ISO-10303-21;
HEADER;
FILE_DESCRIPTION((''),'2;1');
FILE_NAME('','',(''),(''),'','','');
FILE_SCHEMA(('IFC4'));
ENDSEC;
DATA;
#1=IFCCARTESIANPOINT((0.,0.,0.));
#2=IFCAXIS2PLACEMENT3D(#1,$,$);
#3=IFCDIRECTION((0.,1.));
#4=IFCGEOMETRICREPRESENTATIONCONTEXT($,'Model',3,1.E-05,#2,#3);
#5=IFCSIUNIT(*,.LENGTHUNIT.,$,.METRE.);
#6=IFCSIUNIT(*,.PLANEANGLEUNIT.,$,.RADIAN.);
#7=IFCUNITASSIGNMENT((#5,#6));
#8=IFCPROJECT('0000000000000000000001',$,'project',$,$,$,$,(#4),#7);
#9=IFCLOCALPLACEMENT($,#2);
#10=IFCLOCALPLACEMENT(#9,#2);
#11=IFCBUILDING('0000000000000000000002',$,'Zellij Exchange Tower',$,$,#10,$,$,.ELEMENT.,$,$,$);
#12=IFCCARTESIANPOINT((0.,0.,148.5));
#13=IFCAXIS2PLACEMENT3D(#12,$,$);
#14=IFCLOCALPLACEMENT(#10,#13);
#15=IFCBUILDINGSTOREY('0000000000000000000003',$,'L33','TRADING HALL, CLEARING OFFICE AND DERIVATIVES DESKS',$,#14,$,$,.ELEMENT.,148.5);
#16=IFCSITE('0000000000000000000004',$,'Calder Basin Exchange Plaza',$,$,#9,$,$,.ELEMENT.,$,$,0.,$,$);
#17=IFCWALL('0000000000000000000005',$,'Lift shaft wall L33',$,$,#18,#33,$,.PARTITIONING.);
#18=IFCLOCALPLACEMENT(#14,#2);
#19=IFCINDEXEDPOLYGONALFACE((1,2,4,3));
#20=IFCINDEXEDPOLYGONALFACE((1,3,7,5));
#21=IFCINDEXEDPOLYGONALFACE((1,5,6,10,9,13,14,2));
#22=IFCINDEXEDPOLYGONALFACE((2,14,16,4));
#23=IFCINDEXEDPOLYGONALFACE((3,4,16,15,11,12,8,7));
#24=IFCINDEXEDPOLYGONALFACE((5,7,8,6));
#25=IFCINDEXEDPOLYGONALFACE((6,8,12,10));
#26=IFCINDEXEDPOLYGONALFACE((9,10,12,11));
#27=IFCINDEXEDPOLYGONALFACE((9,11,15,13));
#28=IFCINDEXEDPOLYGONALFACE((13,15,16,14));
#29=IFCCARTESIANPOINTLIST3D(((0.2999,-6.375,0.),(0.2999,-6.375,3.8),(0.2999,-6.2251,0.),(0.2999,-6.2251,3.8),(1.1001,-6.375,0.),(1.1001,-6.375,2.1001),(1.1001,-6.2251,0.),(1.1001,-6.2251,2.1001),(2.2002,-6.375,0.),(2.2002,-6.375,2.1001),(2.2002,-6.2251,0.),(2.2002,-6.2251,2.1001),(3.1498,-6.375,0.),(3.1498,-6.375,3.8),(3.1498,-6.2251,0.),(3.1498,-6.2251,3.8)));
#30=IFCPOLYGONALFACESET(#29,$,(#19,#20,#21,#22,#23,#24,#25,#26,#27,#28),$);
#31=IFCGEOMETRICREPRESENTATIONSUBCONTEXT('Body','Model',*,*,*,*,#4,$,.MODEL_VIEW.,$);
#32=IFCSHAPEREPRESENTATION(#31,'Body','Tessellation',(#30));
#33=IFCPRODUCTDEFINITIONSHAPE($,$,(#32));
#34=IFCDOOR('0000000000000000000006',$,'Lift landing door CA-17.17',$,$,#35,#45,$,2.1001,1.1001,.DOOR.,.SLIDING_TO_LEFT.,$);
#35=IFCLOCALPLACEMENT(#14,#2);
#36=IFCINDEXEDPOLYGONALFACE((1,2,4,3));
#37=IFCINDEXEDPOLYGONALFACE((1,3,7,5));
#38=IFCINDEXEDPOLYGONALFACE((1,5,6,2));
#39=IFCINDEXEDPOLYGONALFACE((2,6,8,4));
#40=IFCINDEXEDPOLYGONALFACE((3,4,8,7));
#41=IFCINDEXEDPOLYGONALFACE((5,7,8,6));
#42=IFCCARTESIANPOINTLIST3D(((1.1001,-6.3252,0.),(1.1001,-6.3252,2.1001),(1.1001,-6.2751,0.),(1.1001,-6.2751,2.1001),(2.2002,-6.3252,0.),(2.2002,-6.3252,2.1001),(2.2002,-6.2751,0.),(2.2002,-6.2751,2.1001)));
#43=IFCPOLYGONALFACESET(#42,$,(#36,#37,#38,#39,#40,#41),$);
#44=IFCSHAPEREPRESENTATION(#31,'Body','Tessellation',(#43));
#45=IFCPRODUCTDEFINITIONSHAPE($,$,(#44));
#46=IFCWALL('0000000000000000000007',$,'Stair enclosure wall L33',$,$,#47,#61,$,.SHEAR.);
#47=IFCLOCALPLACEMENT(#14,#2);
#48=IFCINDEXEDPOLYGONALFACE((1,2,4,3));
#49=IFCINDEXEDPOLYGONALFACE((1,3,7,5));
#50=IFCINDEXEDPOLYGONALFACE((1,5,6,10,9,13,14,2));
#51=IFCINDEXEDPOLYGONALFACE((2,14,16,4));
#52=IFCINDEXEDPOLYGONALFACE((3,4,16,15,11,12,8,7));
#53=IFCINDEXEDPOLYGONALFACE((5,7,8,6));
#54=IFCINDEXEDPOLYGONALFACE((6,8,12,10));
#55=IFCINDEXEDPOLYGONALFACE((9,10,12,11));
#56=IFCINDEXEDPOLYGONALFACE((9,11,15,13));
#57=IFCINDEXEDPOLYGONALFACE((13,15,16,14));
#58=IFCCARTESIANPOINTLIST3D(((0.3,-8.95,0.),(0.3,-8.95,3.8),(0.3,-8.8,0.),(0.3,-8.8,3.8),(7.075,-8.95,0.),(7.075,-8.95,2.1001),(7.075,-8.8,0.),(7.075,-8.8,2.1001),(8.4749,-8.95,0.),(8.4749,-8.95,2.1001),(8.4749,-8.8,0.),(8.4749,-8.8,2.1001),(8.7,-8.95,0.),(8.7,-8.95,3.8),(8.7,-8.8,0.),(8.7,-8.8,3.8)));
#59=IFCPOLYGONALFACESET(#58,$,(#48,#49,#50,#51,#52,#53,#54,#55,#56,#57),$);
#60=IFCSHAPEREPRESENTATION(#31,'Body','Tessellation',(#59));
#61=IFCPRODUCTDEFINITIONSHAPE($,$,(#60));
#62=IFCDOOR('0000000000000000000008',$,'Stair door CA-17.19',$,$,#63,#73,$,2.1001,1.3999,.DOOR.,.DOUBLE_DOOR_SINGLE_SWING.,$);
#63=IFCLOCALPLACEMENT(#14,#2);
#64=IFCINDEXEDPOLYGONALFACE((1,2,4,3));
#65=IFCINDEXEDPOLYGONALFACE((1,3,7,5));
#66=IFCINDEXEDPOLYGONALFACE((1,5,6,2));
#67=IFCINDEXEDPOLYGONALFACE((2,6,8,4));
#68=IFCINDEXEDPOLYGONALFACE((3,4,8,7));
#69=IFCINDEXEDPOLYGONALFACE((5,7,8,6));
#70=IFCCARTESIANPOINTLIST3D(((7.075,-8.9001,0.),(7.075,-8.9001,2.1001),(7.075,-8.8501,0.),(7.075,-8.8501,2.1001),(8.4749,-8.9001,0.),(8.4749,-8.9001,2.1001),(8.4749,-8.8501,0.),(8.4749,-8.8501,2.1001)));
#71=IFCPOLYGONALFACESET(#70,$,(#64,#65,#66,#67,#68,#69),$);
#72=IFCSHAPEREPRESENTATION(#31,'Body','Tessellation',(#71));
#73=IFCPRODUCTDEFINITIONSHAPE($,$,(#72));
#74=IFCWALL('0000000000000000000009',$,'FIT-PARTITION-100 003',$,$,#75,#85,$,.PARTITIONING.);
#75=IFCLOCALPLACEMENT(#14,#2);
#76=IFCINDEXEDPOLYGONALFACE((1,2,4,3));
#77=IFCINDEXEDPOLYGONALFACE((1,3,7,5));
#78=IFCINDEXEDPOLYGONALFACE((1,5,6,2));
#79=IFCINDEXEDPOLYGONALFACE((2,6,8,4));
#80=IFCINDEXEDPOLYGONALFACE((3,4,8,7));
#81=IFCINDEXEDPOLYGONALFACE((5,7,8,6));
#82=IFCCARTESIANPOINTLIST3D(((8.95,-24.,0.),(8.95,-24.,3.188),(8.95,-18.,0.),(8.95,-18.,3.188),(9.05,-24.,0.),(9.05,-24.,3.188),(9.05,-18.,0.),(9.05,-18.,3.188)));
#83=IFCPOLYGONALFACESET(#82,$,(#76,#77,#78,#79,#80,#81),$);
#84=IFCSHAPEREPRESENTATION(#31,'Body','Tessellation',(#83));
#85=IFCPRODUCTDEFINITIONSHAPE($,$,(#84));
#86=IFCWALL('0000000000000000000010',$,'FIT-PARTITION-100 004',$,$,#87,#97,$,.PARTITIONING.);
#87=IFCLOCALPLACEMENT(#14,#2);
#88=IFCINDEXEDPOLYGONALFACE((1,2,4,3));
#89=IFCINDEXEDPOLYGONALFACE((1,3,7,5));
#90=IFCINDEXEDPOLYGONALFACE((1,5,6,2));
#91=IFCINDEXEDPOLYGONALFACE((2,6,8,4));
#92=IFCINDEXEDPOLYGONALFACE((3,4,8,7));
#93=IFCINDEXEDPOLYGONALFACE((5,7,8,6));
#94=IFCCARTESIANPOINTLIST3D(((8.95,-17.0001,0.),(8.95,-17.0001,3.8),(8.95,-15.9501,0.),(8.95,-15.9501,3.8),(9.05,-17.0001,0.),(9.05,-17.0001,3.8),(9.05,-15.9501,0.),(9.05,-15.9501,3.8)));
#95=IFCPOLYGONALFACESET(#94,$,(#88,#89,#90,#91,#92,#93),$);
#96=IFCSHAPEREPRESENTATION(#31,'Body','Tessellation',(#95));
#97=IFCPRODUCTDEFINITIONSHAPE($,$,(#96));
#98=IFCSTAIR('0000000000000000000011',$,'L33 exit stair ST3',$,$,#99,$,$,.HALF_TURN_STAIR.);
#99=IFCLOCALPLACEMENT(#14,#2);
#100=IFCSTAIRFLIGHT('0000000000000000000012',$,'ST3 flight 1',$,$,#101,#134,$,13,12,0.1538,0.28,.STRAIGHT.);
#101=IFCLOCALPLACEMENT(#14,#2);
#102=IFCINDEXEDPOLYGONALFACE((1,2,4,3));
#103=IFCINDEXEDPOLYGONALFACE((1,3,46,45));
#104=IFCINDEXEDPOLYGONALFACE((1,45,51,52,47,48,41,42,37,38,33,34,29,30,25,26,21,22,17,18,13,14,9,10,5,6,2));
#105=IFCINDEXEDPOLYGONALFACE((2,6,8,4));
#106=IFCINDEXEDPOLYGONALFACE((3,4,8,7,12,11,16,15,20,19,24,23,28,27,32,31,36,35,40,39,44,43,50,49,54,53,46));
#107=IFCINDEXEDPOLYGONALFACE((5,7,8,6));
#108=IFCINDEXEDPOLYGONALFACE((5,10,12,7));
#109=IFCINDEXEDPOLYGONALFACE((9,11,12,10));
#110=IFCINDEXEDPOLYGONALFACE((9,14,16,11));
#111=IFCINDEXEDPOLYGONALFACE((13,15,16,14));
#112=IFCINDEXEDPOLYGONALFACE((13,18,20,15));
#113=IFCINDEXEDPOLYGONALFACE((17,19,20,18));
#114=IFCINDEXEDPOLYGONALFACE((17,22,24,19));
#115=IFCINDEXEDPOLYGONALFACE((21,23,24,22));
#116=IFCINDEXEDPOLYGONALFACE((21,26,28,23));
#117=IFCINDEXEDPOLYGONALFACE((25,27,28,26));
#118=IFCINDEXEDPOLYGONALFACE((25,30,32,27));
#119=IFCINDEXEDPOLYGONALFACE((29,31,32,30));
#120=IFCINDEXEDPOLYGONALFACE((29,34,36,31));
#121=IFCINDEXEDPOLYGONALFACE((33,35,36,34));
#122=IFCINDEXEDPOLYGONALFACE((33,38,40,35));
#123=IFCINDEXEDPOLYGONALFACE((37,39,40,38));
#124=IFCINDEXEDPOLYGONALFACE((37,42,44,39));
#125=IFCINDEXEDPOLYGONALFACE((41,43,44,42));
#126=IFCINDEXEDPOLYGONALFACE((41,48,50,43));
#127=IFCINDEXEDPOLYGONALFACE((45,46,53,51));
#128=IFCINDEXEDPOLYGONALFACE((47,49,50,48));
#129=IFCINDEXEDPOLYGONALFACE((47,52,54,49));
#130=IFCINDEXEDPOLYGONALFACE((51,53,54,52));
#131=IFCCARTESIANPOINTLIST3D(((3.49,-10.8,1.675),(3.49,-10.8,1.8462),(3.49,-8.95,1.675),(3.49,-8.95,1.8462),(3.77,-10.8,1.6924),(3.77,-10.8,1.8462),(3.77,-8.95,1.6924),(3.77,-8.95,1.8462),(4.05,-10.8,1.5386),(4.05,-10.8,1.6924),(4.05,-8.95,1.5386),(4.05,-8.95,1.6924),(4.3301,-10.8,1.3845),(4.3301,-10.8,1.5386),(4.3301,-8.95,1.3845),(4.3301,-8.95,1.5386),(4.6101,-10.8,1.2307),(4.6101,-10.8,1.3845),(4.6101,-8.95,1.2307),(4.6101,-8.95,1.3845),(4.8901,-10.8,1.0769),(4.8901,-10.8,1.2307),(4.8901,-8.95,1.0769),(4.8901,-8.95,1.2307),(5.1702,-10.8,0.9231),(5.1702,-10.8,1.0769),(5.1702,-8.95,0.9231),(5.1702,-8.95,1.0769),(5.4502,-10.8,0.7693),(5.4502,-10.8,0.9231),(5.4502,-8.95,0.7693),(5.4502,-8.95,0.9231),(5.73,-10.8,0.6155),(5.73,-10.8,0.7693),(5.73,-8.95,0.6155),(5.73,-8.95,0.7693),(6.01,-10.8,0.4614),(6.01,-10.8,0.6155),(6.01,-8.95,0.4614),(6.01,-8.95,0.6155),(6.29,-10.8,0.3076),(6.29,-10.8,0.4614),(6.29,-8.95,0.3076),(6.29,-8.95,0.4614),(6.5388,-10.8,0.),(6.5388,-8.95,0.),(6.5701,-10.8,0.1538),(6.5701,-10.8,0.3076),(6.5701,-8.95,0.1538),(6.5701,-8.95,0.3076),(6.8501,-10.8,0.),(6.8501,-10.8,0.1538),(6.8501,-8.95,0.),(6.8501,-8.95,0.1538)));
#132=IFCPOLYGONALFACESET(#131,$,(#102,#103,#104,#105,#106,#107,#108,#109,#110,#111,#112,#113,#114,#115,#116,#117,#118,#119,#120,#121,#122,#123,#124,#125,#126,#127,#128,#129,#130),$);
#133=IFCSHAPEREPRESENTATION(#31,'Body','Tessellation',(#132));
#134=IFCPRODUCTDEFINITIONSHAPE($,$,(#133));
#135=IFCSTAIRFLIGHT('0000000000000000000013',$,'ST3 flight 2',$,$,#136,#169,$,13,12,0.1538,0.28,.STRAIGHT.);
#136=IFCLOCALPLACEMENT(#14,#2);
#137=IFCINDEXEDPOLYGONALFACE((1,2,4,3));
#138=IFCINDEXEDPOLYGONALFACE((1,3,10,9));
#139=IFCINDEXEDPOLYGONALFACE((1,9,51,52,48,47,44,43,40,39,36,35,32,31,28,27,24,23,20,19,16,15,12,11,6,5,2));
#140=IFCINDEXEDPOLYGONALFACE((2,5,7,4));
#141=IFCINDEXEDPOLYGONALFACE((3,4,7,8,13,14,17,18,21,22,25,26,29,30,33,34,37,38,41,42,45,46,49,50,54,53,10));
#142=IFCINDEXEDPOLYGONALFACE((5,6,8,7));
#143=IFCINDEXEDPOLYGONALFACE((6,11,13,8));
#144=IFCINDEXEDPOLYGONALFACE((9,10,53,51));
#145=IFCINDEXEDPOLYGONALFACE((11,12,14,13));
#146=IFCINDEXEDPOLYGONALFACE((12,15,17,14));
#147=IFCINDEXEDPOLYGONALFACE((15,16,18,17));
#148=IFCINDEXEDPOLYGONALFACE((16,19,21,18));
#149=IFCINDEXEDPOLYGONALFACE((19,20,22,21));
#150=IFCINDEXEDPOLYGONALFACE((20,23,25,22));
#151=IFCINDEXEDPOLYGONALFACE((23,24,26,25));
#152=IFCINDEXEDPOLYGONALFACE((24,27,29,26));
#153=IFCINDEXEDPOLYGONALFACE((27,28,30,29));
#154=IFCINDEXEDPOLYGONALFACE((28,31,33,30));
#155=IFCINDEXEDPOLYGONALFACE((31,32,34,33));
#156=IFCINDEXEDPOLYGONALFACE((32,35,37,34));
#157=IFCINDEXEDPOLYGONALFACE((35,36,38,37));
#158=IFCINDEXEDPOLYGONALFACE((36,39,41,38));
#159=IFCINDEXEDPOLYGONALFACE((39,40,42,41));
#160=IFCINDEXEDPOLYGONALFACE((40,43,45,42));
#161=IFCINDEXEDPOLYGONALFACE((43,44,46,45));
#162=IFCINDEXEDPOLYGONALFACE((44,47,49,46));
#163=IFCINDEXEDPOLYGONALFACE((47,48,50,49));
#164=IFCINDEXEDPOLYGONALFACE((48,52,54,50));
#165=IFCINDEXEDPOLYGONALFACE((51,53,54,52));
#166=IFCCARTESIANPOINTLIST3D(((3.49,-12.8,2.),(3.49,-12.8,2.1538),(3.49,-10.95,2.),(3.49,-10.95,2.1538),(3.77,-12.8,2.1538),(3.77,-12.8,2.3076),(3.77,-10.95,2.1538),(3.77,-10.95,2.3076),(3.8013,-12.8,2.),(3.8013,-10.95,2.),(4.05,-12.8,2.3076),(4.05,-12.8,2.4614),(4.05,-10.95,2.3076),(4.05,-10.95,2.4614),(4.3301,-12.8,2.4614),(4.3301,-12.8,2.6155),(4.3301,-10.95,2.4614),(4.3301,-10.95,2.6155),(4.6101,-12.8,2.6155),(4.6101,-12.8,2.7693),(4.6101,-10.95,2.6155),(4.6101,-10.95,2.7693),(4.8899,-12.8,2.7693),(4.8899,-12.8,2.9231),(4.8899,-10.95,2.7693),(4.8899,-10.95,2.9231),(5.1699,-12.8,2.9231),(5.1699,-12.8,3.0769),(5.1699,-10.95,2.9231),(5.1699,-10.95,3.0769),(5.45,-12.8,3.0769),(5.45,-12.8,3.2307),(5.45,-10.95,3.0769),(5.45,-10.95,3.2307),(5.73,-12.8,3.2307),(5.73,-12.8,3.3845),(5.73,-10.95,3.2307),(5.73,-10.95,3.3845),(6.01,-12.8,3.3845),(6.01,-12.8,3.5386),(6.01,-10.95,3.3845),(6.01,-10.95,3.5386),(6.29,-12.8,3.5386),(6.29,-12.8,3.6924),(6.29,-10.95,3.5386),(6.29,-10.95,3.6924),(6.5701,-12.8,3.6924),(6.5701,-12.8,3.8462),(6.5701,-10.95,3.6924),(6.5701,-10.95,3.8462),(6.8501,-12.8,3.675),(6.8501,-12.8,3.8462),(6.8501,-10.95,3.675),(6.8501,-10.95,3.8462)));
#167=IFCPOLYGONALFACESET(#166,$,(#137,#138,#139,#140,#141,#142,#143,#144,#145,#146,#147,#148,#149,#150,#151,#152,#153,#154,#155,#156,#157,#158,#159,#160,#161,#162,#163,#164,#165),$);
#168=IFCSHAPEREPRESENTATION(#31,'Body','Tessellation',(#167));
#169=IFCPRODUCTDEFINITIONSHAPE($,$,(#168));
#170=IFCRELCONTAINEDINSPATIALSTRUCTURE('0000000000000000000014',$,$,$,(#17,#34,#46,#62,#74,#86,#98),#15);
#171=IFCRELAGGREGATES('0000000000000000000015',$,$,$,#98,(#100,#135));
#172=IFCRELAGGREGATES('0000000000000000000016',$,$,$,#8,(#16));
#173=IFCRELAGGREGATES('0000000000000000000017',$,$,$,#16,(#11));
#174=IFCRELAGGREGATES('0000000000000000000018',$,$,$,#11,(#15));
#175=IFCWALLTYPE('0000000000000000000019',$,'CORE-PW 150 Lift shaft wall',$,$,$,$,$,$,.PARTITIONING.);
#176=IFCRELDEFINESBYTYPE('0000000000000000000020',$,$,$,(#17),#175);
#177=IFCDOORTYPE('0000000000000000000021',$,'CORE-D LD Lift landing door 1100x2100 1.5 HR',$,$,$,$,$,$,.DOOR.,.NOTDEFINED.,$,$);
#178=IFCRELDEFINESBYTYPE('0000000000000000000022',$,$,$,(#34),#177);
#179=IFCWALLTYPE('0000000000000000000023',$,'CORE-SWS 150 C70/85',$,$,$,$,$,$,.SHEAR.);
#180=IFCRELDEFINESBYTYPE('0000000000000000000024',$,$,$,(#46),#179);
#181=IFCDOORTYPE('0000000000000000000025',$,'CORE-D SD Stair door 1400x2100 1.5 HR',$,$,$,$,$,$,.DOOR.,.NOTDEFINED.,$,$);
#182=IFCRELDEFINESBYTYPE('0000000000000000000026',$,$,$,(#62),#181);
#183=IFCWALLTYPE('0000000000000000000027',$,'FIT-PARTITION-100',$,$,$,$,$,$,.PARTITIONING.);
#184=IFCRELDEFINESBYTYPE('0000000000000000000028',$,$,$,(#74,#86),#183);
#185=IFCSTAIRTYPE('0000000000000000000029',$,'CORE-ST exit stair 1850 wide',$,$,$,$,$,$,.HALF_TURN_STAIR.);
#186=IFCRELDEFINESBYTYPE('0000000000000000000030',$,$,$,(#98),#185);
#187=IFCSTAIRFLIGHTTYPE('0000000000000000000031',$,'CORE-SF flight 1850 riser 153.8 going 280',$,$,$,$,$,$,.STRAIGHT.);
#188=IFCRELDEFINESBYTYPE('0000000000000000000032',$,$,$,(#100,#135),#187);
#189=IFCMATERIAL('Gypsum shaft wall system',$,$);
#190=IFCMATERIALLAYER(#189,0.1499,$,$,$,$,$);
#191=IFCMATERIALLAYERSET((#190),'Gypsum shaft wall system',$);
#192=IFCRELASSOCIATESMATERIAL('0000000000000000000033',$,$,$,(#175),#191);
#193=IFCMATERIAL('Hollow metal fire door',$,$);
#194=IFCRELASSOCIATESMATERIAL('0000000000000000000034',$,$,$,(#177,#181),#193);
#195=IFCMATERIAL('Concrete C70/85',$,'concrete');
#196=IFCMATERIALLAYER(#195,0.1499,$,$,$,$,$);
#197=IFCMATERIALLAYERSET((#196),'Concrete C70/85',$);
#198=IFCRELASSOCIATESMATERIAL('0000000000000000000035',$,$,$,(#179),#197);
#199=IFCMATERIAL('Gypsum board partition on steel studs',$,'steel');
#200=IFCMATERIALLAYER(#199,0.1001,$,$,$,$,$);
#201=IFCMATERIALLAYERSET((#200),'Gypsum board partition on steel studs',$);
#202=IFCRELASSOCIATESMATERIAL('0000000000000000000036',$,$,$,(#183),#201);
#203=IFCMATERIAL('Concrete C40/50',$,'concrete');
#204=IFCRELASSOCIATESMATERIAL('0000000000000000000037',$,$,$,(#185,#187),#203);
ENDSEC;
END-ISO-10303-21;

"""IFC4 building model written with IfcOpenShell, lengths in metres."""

from ifc_helpers import new_model, si_unit, direction, frame, frame_2d, origin, place, context, subcontext, project, spatial, polyline, rectangle, outline, extrude, material, layer, layer_set, type_object, element, fill, aggregate, save


model = new_model("IFC4")

# Units and contexts
model_context = context("Model", 3, precision=1e-05, world=origin(), true_north=direction((0.0, 1.0)))
body_context = subcontext(model_context, "Body", "Model", "MODEL_VIEW")
ifc_project = project(units=[si_unit("LENGTHUNIT", "METRE"), si_unit("PLANEANGLEUNIT", "RADIAN")], contexts=[model_context])

# Site, building, storey
site_placement = place(None, origin())
site = spatial("IfcSite", under=ifc_project, at=site_placement, Name="Calder Basin Exchange Plaza", CompositionType="ELEMENT", RefElevation=0.0)
building_placement = place(site_placement, origin())
building = spatial("IfcBuilding", under=site, at=building_placement, Name="Zellij Exchange Tower", CompositionType="ELEMENT")
storey_placement = place(building_placement, frame((0.0, 0.0, 148.5)))
storey = spatial("IfcBuildingStorey", under=building, at=storey_placement, Name="L33", Description="TRADING HALL, CLEARING OFFICE AND DERIVATIVES DESKS", CompositionType="ELEMENT", Elevation=148.5)

# Shared definitions
ifc_material_1 = material(Name="Concrete C70/85", Category="concrete")

# Shared definitions
ifc_material_2 = material(Name="Gypsum shaft wall system")
ifc_material_3 = material(Name="Hollow metal fire door")

# Shared definitions
ifc_layer_1 = layer(ifc_material_2, 0.1499)
ifc_layer_set_1 = layer_set([ifc_layer_1], Name="Gypsum shaft wall system")
wall_type_1 = type_object("IfcWallType", Name="CORE-PW 150 Lift shaft wall", PredefinedType="PARTITIONING", material=ifc_layer_set_1)

# Walls, openings, doors
wall_1_placement = place(storey_placement, frame((0.3, -6.3, 0.0), z_axis=(0.0, 0.0, 1.0), x_axis=(1.0, 0.0, 0.0)))
wall_1 = element("IfcWall", 1, at=wall_1_placement, inside=storey, type_object=wall_type_1, Name="Lift shaft wall L33", PredefinedType="PARTITIONING", context=body_context, shape_type="SweptSolid", body=[
    extrude(rectangle(XDim=2.8499, YDim=0.1499, at=frame_2d((1.4248, 0.0))), origin(), (0.0, 0.0, 1.0), 3.8),
])
opening_1_placement = place(wall_1_placement, frame((0.8, 0.0, 0.0)))
opening_1 = element("IfcOpeningElement", 2, at=opening_1_placement, cuts=wall_1, PredefinedType="OPENING", context=body_context, shape_type="SweptSolid", body=[
    extrude(rectangle(XDim=1.1001, YDim=2.1001, at=frame_2d((0.55, 1.05))), frame((0.0, 0.0869, 0.0), z_axis=(0.0, -1.0, 0.0), x_axis=(1.0, 0.0, 0.0)), (0.0, 0.0, 1.0), 0.1738),
])
door_type_1 = type_object("IfcDoorType", Name="CORE-D LD Lift landing door 1100x2100 1.5 HR", OperationType="NOTDEFINED", PredefinedType="DOOR", material=ifc_material_3)
door_1_placement = place(opening_1_placement, origin())
door_1 = element("IfcDoor", 3, at=door_1_placement, inside=storey, type_object=door_type_1, Name="Lift landing door CA-17.17", OperationType="SLIDING_TO_LEFT", OverallHeight=2.1001, OverallWidth=1.1001, PredefinedType="DOOR", context=body_context, shape_type="SweptSolid", body=[
    extrude(rectangle(XDim=1.1001, YDim=2.1001, at=frame_2d((0.55, 1.05))), frame((0.0, 0.0249, 0.0), z_axis=(0.0, -1.0, 0.0), x_axis=(1.0, 0.0, 0.0)), (0.0, 0.0, 1.0), 0.05),
])
fill(opening_1, door_1)
ifc_layer_2 = layer(ifc_material_1, 0.1499)
ifc_layer_set_2 = layer_set([ifc_layer_2], Name="Concrete C70/85")
wall_type_2 = type_object("IfcWallType", Name="CORE-SWS 150 C70/85", PredefinedType="SHEAR", material=ifc_layer_set_2)
wall_2_placement = place(storey_placement, frame((0.3, -8.875, 0.0), z_axis=(0.0, 0.0, 1.0), x_axis=(1.0, 0.0, 0.0)))
wall_2 = element("IfcWall", 4, at=wall_2_placement, inside=storey, type_object=wall_type_2, Name="Stair enclosure wall L33", PredefinedType="SHEAR", context=body_context, shape_type="SweptSolid", body=[
    extrude(rectangle(XDim=8.3999, YDim=0.1499, at=frame_2d((4.2, 0.0))), origin(), (0.0, 0.0, 1.0), 3.8),
])
opening_2_placement = place(wall_2_placement, frame((6.7749, 0.0, 0.0)))
opening_2 = element("IfcOpeningElement", 5, at=opening_2_placement, cuts=wall_2, PredefinedType="OPENING", context=body_context, shape_type="SweptSolid", body=[
    extrude(rectangle(XDim=1.3999, YDim=2.1001, at=frame_2d((0.7, 1.05))), frame((0.0, 0.0869, 0.0), z_axis=(0.0, -1.0, 0.0), x_axis=(1.0, 0.0, 0.0)), (0.0, 0.0, 1.0), 0.1738),
])
door_type_2 = type_object("IfcDoorType", Name="CORE-D SD Stair door 1400x2100 1.5 HR", OperationType="NOTDEFINED", PredefinedType="DOOR", material=ifc_material_3)
door_2_placement = place(opening_2_placement, origin())
door_2 = element("IfcDoor", 6, at=door_2_placement, inside=storey, type_object=door_type_2, Name="Stair door CA-17.19", OperationType="DOUBLE_DOOR_SINGLE_SWING", OverallHeight=2.1001, OverallWidth=1.3999, PredefinedType="DOOR", context=body_context, shape_type="SweptSolid", body=[
    extrude(rectangle(XDim=1.3999, YDim=2.1001, at=frame_2d((0.7, 1.05))), frame((0.0, 0.0249, 0.0), z_axis=(0.0, -1.0, 0.0), x_axis=(1.0, 0.0, 0.0)), (0.0, 0.0, 1.0), 0.05),
])
fill(opening_2, door_2)

# Walls
ifc_material_4 = material(Name="Gypsum board partition on steel studs", Category="steel")
ifc_layer_3 = layer(ifc_material_4, 0.1001)
ifc_layer_set_3 = layer_set([ifc_layer_3], Name="Gypsum board partition on steel studs")
wall_type_3 = type_object("IfcWallType", Name="FIT-PARTITION-100", PredefinedType="PARTITIONING", material=ifc_layer_set_3)
wall_3_placement = place(storey_placement, frame((9.0, -24.0, 0.0), z_axis=(0.0, 0.0, 1.0), x_axis=(0.0, 1.0, 0.0)))
element("IfcWall", 7, at=wall_3_placement, inside=storey, type_object=wall_type_3, Name="FIT-PARTITION-100 003", PredefinedType="PARTITIONING", context=body_context, shape_type="SweptSolid", body=[
    extrude(rectangle(XDim=6.0, YDim=0.1001, at=frame_2d((3.0, 0.0))), origin(), (0.0, 0.0, 1.0), 3.188),
])
wall_4_placement = place(storey_placement, frame((9.0, -17.0, 0.0), z_axis=(0.0, 0.0, 1.0), x_axis=(0.0, 1.0, 0.0)))
element("IfcWall", 8, at=wall_4_placement, inside=storey, type_object=wall_type_3, Name="FIT-PARTITION-100 004", PredefinedType="PARTITIONING", context=body_context, shape_type="SweptSolid", body=[
    extrude(rectangle(XDim=1.05, YDim=0.1001, at=frame_2d((0.5249, 0.0))), origin(), (0.0, 0.0, 1.0), 3.8),
])

# Stair, stair flights
ifc_material_5 = material(Name="Concrete C40/50", Category="concrete")
stair_type = type_object("IfcStairType", Name="CORE-ST exit stair 1850 wide", PredefinedType="HALF_TURN_STAIR", material=ifc_material_5)
stair_placement = place(storey_placement, origin())
stair = element("IfcStair", 9, at=stair_placement, inside=storey, type_object=stair_type, Name="L33 exit stair ST3", PredefinedType="HALF_TURN_STAIR")
stair_flight_type = type_object("IfcStairFlightType", Name="CORE-SF flight 1850 riser 153.8 going 280", PredefinedType="STRAIGHT", material=ifc_material_5)
stair_flight_1_placement = place(storey_placement, frame((6.8501, -9.875, 0.0), z_axis=(0.0, 0.0, 1.0), x_axis=(-1.0, 0.0, 0.0)))
stair_flight_1 = element("IfcStairFlight", 10, at=stair_flight_1_placement, type_object=stair_flight_type, Name="ST3 flight 1", NumberOfRisers=13, NumberOfTreads=12, PredefinedType="STRAIGHT", RiserHeight=0.1538, TreadLength=0.28, context=body_context, shape_type="SweptSolid", body=[
    extrude(outline(polyline([(0.0, 0.0), (0.0, 0.1538), (0.28, 0.1538), (0.28, 0.3076), (0.5601, 0.3076), (0.5601, 0.4614), (0.8401, 0.4614), (0.8401, 0.6155), (1.1201, 0.6155), (1.1201, 0.7693), (1.3999, 0.7693), (1.3999, 0.9231), (1.6799, 0.9231), (1.6799, 1.0769), (1.96, 1.0769), (1.96, 1.2307), (2.24, 1.2307), (2.24, 1.3845), (2.52, 1.3845), (2.52, 1.5386), (2.8, 1.5386), (2.8, 1.6924), (3.0801, 1.6924), (3.0801, 1.8462), (3.3601, 1.8462), (3.3601, 2.0), (3.3601, 1.675), (0.3113, 0.0), (0.0, 0.0)])), frame((0.0, 0.925, 0.0), z_axis=(0.0, -1.0, 0.0), x_axis=(1.0, 0.0, 0.0)), (0.0, 0.0, 1.0), 1.8501),
])
stair_flight_2_placement = place(storey_placement, frame((3.49, -11.875, 2.0), z_axis=(0.0, 0.0, 1.0), x_axis=(1.0, 0.0, 0.0)))
stair_flight_2 = element("IfcStairFlight", 11, at=stair_flight_2_placement, type_object=stair_flight_type, Name="ST3 flight 2", NumberOfRisers=13, NumberOfTreads=12, PredefinedType="STRAIGHT", RiserHeight=0.1538, TreadLength=0.28, context=body_context, shape_type="SweptSolid", body=[
    extrude(outline(polyline([(0.0, 0.0), (0.0, 0.1538), (0.28, 0.1538), (0.28, 0.3076), (0.5601, 0.3076), (0.5601, 0.4614), (0.8401, 0.4614), (0.8401, 0.6155), (1.1201, 0.6155), (1.1201, 0.7693), (1.3999, 0.7693), (1.3999, 0.9231), (1.6799, 0.9231), (1.6799, 1.0769), (1.96, 1.0769), (1.96, 1.2307), (2.24, 1.2307), (2.24, 1.3845), (2.52, 1.3845), (2.52, 1.5386), (2.8, 1.5386), (2.8, 1.6924), (3.0801, 1.6924), (3.0801, 1.8462), (3.3601, 1.8462), (3.3601, 2.0), (3.3601, 1.675), (0.3113, 0.0), (0.0, 0.0)])), frame((0.0, 0.925, 0.0), z_axis=(0.0, -1.0, 0.0), x_axis=(1.0, 0.0, 0.0)), (0.0, 0.0, 1.0), 1.8501),
])
aggregate(stair, [stair_flight_1, stair_flight_2])

save(model, "model.ifc")
